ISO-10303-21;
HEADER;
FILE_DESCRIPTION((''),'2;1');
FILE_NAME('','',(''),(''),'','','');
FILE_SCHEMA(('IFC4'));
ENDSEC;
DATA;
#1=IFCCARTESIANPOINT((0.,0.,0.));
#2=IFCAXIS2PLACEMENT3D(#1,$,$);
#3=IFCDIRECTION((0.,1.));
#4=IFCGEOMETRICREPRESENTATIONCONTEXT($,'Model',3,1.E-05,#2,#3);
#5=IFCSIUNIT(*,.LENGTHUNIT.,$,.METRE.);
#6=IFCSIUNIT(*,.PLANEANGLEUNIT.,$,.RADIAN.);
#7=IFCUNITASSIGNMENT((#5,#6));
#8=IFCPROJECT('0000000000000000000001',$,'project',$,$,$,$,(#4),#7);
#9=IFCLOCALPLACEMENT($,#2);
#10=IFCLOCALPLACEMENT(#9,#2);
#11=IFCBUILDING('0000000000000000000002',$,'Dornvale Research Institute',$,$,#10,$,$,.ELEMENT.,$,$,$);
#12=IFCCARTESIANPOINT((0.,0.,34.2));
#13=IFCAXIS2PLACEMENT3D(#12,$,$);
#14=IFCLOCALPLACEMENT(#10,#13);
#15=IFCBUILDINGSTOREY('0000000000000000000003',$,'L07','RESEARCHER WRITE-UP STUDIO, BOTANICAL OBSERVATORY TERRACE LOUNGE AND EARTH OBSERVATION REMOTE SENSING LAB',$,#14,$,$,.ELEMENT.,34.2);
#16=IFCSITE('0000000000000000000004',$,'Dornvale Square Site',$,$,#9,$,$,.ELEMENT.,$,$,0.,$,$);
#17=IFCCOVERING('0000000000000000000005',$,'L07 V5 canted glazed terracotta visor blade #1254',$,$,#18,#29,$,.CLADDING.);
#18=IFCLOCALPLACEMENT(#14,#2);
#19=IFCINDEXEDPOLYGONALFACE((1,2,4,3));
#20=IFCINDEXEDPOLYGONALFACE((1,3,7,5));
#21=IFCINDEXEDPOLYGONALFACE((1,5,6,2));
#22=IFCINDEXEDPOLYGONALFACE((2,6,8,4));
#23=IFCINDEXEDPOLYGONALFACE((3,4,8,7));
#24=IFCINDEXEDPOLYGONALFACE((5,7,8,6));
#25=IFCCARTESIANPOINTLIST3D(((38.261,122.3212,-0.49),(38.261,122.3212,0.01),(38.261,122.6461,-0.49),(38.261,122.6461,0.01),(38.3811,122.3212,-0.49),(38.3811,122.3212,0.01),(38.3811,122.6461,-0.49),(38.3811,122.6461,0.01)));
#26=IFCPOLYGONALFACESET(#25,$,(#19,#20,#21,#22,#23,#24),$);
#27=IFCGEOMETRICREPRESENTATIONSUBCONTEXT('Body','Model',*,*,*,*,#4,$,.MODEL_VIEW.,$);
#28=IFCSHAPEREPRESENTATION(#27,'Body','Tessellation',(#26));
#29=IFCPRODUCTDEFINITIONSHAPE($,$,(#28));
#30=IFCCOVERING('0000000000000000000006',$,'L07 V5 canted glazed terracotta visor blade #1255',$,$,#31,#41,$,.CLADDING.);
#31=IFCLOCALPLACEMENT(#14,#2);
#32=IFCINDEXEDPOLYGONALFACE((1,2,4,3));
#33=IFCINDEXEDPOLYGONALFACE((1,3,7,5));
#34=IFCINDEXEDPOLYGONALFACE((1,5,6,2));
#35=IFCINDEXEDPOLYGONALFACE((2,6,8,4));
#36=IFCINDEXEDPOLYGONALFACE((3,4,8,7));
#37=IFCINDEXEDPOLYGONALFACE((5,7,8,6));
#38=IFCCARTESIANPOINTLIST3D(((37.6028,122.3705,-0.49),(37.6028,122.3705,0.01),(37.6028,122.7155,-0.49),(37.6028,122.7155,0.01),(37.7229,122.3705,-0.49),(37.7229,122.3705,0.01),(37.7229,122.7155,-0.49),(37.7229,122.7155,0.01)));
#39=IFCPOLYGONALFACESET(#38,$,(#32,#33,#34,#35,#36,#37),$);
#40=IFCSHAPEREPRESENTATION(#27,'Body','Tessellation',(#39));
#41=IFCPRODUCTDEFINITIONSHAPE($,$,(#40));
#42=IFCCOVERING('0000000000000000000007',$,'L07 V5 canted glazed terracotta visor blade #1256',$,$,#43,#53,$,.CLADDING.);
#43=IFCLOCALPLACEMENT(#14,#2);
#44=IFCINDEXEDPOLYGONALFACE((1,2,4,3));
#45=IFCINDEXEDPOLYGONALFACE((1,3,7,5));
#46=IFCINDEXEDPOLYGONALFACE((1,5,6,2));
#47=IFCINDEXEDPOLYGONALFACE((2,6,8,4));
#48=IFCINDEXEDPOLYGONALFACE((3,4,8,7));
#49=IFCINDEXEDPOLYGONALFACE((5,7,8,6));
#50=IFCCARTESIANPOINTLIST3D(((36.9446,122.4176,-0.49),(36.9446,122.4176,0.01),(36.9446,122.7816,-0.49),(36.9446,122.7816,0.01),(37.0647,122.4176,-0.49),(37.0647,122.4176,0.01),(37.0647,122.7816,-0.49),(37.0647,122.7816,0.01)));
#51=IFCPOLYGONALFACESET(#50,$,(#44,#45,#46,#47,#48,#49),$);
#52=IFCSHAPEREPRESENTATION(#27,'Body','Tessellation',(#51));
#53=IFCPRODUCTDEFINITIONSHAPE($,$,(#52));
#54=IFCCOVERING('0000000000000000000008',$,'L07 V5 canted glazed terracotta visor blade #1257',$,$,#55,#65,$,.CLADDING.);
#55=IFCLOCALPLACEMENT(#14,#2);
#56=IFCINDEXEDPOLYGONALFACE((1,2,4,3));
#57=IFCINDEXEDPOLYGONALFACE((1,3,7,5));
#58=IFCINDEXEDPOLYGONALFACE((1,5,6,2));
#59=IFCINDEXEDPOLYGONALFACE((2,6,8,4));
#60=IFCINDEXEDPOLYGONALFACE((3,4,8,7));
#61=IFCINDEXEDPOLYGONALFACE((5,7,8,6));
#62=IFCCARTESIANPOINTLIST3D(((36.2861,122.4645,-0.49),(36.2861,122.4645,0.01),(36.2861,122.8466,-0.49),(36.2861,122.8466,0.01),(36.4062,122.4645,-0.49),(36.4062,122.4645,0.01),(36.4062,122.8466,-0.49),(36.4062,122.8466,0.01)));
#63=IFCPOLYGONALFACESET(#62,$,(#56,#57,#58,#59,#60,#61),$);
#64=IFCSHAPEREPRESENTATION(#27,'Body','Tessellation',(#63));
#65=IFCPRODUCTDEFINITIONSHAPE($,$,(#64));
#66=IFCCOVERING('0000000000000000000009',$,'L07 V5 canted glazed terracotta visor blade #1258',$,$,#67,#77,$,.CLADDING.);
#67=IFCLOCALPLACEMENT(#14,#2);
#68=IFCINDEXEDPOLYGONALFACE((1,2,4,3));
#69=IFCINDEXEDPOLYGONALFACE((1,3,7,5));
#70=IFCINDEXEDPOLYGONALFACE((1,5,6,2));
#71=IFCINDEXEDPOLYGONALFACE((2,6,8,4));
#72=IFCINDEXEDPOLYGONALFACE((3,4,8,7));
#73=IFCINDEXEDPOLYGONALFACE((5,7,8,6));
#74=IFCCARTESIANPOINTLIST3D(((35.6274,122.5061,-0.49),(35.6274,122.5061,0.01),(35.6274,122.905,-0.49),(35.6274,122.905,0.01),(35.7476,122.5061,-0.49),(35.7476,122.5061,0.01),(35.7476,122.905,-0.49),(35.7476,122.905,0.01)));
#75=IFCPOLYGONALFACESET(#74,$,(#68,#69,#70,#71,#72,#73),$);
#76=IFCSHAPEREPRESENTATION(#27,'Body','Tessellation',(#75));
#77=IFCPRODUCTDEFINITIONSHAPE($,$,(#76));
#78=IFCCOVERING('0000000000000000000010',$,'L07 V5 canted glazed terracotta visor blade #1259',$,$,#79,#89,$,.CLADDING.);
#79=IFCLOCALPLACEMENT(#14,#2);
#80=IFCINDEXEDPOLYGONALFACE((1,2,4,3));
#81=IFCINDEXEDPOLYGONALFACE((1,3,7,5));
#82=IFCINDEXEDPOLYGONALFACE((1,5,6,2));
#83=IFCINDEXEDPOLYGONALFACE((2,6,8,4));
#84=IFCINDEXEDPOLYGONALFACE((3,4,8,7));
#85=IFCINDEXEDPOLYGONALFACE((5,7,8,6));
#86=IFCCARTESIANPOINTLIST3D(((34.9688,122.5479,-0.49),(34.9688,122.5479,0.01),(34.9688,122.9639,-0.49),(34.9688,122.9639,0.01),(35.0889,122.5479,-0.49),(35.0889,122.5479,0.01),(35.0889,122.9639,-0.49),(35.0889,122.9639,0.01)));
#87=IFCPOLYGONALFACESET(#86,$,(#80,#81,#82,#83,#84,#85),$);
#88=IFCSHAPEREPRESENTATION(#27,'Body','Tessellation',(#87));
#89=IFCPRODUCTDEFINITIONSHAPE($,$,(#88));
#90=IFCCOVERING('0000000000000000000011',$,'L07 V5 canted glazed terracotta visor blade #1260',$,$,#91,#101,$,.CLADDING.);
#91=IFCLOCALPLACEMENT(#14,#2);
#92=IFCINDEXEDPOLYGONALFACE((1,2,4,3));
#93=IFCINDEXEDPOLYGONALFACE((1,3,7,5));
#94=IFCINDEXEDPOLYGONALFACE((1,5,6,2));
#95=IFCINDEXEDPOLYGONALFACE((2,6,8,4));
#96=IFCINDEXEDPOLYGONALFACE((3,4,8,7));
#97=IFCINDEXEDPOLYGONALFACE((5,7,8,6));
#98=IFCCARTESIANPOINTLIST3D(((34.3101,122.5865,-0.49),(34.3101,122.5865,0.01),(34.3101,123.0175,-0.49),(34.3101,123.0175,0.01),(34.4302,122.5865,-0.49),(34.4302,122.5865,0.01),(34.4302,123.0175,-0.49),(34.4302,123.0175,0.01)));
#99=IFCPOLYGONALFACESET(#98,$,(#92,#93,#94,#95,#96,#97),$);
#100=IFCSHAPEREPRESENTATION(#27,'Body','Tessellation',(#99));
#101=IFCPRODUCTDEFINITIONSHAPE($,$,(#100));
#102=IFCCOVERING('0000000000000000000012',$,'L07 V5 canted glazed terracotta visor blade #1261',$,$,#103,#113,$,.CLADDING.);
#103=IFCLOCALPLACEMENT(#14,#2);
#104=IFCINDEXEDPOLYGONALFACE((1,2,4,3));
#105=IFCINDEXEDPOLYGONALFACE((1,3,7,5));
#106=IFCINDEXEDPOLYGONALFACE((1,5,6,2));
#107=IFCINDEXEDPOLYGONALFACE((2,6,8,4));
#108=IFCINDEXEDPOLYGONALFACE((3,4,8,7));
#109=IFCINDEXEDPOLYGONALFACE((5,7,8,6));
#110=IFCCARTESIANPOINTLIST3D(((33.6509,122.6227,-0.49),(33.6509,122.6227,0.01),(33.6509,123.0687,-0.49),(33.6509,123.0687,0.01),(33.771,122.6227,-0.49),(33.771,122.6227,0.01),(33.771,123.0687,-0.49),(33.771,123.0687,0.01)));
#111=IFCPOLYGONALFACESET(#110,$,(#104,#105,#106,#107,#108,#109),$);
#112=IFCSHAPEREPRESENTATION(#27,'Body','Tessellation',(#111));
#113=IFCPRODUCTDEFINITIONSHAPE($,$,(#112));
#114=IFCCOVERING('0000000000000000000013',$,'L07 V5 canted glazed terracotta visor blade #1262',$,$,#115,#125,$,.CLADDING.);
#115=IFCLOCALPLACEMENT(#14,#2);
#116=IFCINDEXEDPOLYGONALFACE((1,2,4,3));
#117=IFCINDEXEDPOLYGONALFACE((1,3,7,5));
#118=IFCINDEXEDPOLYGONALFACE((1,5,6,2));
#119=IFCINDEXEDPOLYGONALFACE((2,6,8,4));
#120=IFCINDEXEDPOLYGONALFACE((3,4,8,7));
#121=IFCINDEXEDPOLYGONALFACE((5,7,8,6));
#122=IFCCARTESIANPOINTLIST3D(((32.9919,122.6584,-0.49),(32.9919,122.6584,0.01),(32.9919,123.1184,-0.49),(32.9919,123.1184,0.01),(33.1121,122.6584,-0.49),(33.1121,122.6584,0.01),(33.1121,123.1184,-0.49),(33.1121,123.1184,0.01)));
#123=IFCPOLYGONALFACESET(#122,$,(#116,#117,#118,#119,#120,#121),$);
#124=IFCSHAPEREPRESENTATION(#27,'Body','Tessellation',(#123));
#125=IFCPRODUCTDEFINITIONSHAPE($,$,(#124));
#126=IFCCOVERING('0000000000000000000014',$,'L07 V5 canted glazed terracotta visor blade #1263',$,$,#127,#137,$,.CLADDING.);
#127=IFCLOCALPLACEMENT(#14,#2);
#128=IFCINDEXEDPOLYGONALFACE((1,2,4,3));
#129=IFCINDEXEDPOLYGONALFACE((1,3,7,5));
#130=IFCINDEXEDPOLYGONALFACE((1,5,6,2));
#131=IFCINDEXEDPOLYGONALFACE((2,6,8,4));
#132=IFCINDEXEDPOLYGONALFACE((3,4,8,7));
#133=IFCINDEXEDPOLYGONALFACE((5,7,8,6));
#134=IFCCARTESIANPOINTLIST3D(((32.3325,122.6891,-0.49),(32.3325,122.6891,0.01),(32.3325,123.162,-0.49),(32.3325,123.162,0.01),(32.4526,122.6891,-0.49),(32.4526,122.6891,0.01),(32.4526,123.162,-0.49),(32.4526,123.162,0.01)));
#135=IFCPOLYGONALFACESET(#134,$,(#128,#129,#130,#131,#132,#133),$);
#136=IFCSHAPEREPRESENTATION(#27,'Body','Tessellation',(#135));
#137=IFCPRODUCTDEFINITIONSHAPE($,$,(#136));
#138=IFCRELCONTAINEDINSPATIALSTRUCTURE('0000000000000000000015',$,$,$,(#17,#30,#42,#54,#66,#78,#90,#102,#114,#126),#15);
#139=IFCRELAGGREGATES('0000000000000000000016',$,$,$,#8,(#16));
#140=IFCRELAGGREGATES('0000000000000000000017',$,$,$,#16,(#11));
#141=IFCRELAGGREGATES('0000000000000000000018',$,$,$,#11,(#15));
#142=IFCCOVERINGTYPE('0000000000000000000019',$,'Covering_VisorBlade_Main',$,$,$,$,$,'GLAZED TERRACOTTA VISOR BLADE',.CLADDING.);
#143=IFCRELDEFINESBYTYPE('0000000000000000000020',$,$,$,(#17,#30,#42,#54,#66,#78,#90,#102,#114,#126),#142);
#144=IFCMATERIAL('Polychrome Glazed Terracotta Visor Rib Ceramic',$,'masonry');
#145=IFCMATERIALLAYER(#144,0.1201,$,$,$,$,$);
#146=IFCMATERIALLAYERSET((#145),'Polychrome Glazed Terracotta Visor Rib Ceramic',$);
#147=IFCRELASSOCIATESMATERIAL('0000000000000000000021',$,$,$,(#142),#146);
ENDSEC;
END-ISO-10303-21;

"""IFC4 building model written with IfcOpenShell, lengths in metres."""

from ifc_helpers import new_model, si_unit, direction, frame, origin, origin_2d, place, context, subcontext, project, spatial, rectangle, extrude, material, layer, layer_set, type_object, element, save


model = new_model("IFC4")

# Units and contexts
model_context = context("Model", 3, precision=1e-05, world=origin(), true_north=direction((0.0, 1.0)))
body_context = subcontext(model_context, "Body", "Model", "MODEL_VIEW")
ifc_project = project(units=[si_unit("LENGTHUNIT", "METRE"), si_unit("PLANEANGLEUNIT", "RADIAN")], contexts=[model_context])

# Site, building, storey
site_placement = place(None, origin())
site = spatial("IfcSite", under=ifc_project, at=site_placement, Name="Dornvale Square Site", CompositionType="ELEMENT", RefElevation=0.0)
building_placement = place(site_placement, origin())
building = spatial("IfcBuilding", under=site, at=building_placement, Name="Dornvale Research Institute", CompositionType="ELEMENT")
storey_placement = place(building_placement, frame((0.0, 0.0, 34.2)))
storey = spatial("IfcBuildingStorey", under=building, at=storey_placement, Name="L07", Description="RESEARCHER WRITE-UP STUDIO, BOTANICAL OBSERVATORY TERRACE LOUNGE AND EARTH OBSERVATION REMOTE SENSING LAB", CompositionType="ELEMENT", Elevation=34.2)

# Coverings
ifc_material_1 = material(Name="Polychrome Glazed Terracotta Visor Rib Ceramic", Category="masonry")
ifc_layer_1 = layer(ifc_material_1, 0.1201)
ifc_layer_set_1 = layer_set([ifc_layer_1], Name="Polychrome Glazed Terracotta Visor Rib Ceramic")
covering_type = type_object("IfcCoveringType", Name="Covering_VisorBlade_Main", ElementType="GLAZED TERRACOTTA VISOR BLADE", PredefinedType="CLADDING", material=ifc_layer_set_1)
covering_1_placement = place(storey_placement, frame((38.321, 122.4836, -0.49), z_axis=(0.0, 0.0, 1.0), x_axis=(0.0, 1.0, 0.0)))
element("IfcCovering", 1, at=covering_1_placement, inside=storey, type_object=covering_type, Name="L07 V5 canted glazed terracotta visor blade #1254", PredefinedType="CLADDING", context=body_context, shape_type="SweptSolid", body=[
    extrude(rectangle(XDim=0.325, YDim=0.1201, at=origin_2d()), origin(), (0.0, 0.0, 1.0), 0.5),
])
covering_2_placement = place(storey_placement, frame((37.6628, 122.543, -0.49), z_axis=(0.0, 0.0, 1.0), x_axis=(0.0, 1.0, 0.0)))
element("IfcCovering", 2, at=covering_2_placement, inside=storey, type_object=covering_type, Name="L07 V5 canted glazed terracotta visor blade #1255", PredefinedType="CLADDING", context=body_context, shape_type="SweptSolid", body=[
    extrude(rectangle(XDim=0.345, YDim=0.1201, at=origin_2d()), origin(), (0.0, 0.0, 1.0), 0.5),
])
covering_3_placement = place(storey_placement, frame((37.0046, 122.5996, -0.49), z_axis=(0.0, 0.0, 1.0), x_axis=(0.0, 1.0, 0.0)))
element("IfcCovering", 3, at=covering_3_placement, inside=storey, type_object=covering_type, Name="L07 V5 canted glazed terracotta visor blade #1256", PredefinedType="CLADDING", context=body_context, shape_type="SweptSolid", body=[
    extrude(rectangle(XDim=0.364, YDim=0.1201, at=origin_2d()), origin(), (0.0, 0.0, 1.0), 0.5),
])
covering_4_placement = place(storey_placement, frame((36.3462, 122.6555, -0.49), z_axis=(0.0, 0.0, 1.0), x_axis=(0.0, 1.0, 0.0)))
element("IfcCovering", 4, at=covering_4_placement, inside=storey, type_object=covering_type, Name="L07 V5 canted glazed terracotta visor blade #1257", PredefinedType="CLADDING", context=body_context, shape_type="SweptSolid", body=[
    extrude(rectangle(XDim=0.3821, YDim=0.1201, at=origin_2d()), origin(), (0.0, 0.0, 1.0), 0.5),
])
covering_5_placement = place(storey_placement, frame((35.6875, 122.7056, -0.49), z_axis=(0.0, 0.0, 1.0), x_axis=(0.0, 1.0, 0.0)))
element("IfcCovering", 5, at=covering_5_placement, inside=storey, type_object=covering_type, Name="L07 V5 canted glazed terracotta visor blade #1258", PredefinedType="CLADDING", context=body_context, shape_type="SweptSolid", body=[
    extrude(rectangle(XDim=0.3989, YDim=0.1201, at=origin_2d()), origin(), (0.0, 0.0, 1.0), 0.5),
])
covering_6_placement = place(storey_placement, frame((35.0288, 122.7559, -0.49), z_axis=(0.0, 0.0, 1.0), x_axis=(0.0, 1.0, 0.0)))
element("IfcCovering", 6, at=covering_6_placement, inside=storey, type_object=covering_type, Name="L07 V5 canted glazed terracotta visor blade #1259", PredefinedType="CLADDING", context=body_context, shape_type="SweptSolid", body=[
    extrude(rectangle(XDim=0.416, YDim=0.1201, at=origin_2d()), origin(), (0.0, 0.0, 1.0), 0.5),
])
covering_7_placement = place(storey_placement, frame((34.3701, 122.802, -0.49), z_axis=(0.0, 0.0, 1.0), x_axis=(0.0, 1.0, 0.0)))
element("IfcCovering", 7, at=covering_7_placement, inside=storey, type_object=covering_type, Name="L07 V5 canted glazed terracotta visor blade #1260", PredefinedType="CLADDING", context=body_context, shape_type="SweptSolid", body=[
    extrude(rectangle(XDim=0.4309, YDim=0.1201, at=origin_2d()), origin(), (0.0, 0.0, 1.0), 0.5),
])
covering_8_placement = place(storey_placement, frame((33.7109, 122.8457, -0.49), z_axis=(0.0, 0.0, 1.0), x_axis=(0.0, 1.0, 0.0)))
element("IfcCovering", 8, at=covering_8_placement, inside=storey, type_object=covering_type, Name="L07 V5 canted glazed terracotta visor blade #1261", PredefinedType="CLADDING", context=body_context, shape_type="SweptSolid", body=[
    extrude(rectangle(XDim=0.446, YDim=0.1201, at=origin_2d()), origin(), (0.0, 0.0, 1.0), 0.5),
])
covering_9_placement = place(storey_placement, frame((33.052, 122.8884, -0.49), z_axis=(0.0, 0.0, 1.0), x_axis=(0.0, 1.0, 0.0)))
element("IfcCovering", 9, at=covering_9_placement, inside=storey, type_object=covering_type, Name="L07 V5 canted glazed terracotta visor blade #1262", PredefinedType="CLADDING", context=body_context, shape_type="SweptSolid", body=[
    extrude(rectangle(XDim=0.46, YDim=0.1201, at=origin_2d()), origin(), (0.0, 0.0, 1.0), 0.5),
])
covering_10_placement = place(storey_placement, frame((32.3926, 122.9255, -0.49), z_axis=(0.0, 0.0, 1.0), x_axis=(0.0, 1.0, 0.0)))
element("IfcCovering", 10, at=covering_10_placement, inside=storey, type_object=covering_type, Name="L07 V5 canted glazed terracotta visor blade #1263", PredefinedType="CLADDING", context=body_context, shape_type="SweptSolid", body=[
    extrude(rectangle(XDim=0.4729, YDim=0.1201, at=origin_2d()), origin(), (0.0, 0.0, 1.0), 0.5),
])

save(model, "model.ifc")
